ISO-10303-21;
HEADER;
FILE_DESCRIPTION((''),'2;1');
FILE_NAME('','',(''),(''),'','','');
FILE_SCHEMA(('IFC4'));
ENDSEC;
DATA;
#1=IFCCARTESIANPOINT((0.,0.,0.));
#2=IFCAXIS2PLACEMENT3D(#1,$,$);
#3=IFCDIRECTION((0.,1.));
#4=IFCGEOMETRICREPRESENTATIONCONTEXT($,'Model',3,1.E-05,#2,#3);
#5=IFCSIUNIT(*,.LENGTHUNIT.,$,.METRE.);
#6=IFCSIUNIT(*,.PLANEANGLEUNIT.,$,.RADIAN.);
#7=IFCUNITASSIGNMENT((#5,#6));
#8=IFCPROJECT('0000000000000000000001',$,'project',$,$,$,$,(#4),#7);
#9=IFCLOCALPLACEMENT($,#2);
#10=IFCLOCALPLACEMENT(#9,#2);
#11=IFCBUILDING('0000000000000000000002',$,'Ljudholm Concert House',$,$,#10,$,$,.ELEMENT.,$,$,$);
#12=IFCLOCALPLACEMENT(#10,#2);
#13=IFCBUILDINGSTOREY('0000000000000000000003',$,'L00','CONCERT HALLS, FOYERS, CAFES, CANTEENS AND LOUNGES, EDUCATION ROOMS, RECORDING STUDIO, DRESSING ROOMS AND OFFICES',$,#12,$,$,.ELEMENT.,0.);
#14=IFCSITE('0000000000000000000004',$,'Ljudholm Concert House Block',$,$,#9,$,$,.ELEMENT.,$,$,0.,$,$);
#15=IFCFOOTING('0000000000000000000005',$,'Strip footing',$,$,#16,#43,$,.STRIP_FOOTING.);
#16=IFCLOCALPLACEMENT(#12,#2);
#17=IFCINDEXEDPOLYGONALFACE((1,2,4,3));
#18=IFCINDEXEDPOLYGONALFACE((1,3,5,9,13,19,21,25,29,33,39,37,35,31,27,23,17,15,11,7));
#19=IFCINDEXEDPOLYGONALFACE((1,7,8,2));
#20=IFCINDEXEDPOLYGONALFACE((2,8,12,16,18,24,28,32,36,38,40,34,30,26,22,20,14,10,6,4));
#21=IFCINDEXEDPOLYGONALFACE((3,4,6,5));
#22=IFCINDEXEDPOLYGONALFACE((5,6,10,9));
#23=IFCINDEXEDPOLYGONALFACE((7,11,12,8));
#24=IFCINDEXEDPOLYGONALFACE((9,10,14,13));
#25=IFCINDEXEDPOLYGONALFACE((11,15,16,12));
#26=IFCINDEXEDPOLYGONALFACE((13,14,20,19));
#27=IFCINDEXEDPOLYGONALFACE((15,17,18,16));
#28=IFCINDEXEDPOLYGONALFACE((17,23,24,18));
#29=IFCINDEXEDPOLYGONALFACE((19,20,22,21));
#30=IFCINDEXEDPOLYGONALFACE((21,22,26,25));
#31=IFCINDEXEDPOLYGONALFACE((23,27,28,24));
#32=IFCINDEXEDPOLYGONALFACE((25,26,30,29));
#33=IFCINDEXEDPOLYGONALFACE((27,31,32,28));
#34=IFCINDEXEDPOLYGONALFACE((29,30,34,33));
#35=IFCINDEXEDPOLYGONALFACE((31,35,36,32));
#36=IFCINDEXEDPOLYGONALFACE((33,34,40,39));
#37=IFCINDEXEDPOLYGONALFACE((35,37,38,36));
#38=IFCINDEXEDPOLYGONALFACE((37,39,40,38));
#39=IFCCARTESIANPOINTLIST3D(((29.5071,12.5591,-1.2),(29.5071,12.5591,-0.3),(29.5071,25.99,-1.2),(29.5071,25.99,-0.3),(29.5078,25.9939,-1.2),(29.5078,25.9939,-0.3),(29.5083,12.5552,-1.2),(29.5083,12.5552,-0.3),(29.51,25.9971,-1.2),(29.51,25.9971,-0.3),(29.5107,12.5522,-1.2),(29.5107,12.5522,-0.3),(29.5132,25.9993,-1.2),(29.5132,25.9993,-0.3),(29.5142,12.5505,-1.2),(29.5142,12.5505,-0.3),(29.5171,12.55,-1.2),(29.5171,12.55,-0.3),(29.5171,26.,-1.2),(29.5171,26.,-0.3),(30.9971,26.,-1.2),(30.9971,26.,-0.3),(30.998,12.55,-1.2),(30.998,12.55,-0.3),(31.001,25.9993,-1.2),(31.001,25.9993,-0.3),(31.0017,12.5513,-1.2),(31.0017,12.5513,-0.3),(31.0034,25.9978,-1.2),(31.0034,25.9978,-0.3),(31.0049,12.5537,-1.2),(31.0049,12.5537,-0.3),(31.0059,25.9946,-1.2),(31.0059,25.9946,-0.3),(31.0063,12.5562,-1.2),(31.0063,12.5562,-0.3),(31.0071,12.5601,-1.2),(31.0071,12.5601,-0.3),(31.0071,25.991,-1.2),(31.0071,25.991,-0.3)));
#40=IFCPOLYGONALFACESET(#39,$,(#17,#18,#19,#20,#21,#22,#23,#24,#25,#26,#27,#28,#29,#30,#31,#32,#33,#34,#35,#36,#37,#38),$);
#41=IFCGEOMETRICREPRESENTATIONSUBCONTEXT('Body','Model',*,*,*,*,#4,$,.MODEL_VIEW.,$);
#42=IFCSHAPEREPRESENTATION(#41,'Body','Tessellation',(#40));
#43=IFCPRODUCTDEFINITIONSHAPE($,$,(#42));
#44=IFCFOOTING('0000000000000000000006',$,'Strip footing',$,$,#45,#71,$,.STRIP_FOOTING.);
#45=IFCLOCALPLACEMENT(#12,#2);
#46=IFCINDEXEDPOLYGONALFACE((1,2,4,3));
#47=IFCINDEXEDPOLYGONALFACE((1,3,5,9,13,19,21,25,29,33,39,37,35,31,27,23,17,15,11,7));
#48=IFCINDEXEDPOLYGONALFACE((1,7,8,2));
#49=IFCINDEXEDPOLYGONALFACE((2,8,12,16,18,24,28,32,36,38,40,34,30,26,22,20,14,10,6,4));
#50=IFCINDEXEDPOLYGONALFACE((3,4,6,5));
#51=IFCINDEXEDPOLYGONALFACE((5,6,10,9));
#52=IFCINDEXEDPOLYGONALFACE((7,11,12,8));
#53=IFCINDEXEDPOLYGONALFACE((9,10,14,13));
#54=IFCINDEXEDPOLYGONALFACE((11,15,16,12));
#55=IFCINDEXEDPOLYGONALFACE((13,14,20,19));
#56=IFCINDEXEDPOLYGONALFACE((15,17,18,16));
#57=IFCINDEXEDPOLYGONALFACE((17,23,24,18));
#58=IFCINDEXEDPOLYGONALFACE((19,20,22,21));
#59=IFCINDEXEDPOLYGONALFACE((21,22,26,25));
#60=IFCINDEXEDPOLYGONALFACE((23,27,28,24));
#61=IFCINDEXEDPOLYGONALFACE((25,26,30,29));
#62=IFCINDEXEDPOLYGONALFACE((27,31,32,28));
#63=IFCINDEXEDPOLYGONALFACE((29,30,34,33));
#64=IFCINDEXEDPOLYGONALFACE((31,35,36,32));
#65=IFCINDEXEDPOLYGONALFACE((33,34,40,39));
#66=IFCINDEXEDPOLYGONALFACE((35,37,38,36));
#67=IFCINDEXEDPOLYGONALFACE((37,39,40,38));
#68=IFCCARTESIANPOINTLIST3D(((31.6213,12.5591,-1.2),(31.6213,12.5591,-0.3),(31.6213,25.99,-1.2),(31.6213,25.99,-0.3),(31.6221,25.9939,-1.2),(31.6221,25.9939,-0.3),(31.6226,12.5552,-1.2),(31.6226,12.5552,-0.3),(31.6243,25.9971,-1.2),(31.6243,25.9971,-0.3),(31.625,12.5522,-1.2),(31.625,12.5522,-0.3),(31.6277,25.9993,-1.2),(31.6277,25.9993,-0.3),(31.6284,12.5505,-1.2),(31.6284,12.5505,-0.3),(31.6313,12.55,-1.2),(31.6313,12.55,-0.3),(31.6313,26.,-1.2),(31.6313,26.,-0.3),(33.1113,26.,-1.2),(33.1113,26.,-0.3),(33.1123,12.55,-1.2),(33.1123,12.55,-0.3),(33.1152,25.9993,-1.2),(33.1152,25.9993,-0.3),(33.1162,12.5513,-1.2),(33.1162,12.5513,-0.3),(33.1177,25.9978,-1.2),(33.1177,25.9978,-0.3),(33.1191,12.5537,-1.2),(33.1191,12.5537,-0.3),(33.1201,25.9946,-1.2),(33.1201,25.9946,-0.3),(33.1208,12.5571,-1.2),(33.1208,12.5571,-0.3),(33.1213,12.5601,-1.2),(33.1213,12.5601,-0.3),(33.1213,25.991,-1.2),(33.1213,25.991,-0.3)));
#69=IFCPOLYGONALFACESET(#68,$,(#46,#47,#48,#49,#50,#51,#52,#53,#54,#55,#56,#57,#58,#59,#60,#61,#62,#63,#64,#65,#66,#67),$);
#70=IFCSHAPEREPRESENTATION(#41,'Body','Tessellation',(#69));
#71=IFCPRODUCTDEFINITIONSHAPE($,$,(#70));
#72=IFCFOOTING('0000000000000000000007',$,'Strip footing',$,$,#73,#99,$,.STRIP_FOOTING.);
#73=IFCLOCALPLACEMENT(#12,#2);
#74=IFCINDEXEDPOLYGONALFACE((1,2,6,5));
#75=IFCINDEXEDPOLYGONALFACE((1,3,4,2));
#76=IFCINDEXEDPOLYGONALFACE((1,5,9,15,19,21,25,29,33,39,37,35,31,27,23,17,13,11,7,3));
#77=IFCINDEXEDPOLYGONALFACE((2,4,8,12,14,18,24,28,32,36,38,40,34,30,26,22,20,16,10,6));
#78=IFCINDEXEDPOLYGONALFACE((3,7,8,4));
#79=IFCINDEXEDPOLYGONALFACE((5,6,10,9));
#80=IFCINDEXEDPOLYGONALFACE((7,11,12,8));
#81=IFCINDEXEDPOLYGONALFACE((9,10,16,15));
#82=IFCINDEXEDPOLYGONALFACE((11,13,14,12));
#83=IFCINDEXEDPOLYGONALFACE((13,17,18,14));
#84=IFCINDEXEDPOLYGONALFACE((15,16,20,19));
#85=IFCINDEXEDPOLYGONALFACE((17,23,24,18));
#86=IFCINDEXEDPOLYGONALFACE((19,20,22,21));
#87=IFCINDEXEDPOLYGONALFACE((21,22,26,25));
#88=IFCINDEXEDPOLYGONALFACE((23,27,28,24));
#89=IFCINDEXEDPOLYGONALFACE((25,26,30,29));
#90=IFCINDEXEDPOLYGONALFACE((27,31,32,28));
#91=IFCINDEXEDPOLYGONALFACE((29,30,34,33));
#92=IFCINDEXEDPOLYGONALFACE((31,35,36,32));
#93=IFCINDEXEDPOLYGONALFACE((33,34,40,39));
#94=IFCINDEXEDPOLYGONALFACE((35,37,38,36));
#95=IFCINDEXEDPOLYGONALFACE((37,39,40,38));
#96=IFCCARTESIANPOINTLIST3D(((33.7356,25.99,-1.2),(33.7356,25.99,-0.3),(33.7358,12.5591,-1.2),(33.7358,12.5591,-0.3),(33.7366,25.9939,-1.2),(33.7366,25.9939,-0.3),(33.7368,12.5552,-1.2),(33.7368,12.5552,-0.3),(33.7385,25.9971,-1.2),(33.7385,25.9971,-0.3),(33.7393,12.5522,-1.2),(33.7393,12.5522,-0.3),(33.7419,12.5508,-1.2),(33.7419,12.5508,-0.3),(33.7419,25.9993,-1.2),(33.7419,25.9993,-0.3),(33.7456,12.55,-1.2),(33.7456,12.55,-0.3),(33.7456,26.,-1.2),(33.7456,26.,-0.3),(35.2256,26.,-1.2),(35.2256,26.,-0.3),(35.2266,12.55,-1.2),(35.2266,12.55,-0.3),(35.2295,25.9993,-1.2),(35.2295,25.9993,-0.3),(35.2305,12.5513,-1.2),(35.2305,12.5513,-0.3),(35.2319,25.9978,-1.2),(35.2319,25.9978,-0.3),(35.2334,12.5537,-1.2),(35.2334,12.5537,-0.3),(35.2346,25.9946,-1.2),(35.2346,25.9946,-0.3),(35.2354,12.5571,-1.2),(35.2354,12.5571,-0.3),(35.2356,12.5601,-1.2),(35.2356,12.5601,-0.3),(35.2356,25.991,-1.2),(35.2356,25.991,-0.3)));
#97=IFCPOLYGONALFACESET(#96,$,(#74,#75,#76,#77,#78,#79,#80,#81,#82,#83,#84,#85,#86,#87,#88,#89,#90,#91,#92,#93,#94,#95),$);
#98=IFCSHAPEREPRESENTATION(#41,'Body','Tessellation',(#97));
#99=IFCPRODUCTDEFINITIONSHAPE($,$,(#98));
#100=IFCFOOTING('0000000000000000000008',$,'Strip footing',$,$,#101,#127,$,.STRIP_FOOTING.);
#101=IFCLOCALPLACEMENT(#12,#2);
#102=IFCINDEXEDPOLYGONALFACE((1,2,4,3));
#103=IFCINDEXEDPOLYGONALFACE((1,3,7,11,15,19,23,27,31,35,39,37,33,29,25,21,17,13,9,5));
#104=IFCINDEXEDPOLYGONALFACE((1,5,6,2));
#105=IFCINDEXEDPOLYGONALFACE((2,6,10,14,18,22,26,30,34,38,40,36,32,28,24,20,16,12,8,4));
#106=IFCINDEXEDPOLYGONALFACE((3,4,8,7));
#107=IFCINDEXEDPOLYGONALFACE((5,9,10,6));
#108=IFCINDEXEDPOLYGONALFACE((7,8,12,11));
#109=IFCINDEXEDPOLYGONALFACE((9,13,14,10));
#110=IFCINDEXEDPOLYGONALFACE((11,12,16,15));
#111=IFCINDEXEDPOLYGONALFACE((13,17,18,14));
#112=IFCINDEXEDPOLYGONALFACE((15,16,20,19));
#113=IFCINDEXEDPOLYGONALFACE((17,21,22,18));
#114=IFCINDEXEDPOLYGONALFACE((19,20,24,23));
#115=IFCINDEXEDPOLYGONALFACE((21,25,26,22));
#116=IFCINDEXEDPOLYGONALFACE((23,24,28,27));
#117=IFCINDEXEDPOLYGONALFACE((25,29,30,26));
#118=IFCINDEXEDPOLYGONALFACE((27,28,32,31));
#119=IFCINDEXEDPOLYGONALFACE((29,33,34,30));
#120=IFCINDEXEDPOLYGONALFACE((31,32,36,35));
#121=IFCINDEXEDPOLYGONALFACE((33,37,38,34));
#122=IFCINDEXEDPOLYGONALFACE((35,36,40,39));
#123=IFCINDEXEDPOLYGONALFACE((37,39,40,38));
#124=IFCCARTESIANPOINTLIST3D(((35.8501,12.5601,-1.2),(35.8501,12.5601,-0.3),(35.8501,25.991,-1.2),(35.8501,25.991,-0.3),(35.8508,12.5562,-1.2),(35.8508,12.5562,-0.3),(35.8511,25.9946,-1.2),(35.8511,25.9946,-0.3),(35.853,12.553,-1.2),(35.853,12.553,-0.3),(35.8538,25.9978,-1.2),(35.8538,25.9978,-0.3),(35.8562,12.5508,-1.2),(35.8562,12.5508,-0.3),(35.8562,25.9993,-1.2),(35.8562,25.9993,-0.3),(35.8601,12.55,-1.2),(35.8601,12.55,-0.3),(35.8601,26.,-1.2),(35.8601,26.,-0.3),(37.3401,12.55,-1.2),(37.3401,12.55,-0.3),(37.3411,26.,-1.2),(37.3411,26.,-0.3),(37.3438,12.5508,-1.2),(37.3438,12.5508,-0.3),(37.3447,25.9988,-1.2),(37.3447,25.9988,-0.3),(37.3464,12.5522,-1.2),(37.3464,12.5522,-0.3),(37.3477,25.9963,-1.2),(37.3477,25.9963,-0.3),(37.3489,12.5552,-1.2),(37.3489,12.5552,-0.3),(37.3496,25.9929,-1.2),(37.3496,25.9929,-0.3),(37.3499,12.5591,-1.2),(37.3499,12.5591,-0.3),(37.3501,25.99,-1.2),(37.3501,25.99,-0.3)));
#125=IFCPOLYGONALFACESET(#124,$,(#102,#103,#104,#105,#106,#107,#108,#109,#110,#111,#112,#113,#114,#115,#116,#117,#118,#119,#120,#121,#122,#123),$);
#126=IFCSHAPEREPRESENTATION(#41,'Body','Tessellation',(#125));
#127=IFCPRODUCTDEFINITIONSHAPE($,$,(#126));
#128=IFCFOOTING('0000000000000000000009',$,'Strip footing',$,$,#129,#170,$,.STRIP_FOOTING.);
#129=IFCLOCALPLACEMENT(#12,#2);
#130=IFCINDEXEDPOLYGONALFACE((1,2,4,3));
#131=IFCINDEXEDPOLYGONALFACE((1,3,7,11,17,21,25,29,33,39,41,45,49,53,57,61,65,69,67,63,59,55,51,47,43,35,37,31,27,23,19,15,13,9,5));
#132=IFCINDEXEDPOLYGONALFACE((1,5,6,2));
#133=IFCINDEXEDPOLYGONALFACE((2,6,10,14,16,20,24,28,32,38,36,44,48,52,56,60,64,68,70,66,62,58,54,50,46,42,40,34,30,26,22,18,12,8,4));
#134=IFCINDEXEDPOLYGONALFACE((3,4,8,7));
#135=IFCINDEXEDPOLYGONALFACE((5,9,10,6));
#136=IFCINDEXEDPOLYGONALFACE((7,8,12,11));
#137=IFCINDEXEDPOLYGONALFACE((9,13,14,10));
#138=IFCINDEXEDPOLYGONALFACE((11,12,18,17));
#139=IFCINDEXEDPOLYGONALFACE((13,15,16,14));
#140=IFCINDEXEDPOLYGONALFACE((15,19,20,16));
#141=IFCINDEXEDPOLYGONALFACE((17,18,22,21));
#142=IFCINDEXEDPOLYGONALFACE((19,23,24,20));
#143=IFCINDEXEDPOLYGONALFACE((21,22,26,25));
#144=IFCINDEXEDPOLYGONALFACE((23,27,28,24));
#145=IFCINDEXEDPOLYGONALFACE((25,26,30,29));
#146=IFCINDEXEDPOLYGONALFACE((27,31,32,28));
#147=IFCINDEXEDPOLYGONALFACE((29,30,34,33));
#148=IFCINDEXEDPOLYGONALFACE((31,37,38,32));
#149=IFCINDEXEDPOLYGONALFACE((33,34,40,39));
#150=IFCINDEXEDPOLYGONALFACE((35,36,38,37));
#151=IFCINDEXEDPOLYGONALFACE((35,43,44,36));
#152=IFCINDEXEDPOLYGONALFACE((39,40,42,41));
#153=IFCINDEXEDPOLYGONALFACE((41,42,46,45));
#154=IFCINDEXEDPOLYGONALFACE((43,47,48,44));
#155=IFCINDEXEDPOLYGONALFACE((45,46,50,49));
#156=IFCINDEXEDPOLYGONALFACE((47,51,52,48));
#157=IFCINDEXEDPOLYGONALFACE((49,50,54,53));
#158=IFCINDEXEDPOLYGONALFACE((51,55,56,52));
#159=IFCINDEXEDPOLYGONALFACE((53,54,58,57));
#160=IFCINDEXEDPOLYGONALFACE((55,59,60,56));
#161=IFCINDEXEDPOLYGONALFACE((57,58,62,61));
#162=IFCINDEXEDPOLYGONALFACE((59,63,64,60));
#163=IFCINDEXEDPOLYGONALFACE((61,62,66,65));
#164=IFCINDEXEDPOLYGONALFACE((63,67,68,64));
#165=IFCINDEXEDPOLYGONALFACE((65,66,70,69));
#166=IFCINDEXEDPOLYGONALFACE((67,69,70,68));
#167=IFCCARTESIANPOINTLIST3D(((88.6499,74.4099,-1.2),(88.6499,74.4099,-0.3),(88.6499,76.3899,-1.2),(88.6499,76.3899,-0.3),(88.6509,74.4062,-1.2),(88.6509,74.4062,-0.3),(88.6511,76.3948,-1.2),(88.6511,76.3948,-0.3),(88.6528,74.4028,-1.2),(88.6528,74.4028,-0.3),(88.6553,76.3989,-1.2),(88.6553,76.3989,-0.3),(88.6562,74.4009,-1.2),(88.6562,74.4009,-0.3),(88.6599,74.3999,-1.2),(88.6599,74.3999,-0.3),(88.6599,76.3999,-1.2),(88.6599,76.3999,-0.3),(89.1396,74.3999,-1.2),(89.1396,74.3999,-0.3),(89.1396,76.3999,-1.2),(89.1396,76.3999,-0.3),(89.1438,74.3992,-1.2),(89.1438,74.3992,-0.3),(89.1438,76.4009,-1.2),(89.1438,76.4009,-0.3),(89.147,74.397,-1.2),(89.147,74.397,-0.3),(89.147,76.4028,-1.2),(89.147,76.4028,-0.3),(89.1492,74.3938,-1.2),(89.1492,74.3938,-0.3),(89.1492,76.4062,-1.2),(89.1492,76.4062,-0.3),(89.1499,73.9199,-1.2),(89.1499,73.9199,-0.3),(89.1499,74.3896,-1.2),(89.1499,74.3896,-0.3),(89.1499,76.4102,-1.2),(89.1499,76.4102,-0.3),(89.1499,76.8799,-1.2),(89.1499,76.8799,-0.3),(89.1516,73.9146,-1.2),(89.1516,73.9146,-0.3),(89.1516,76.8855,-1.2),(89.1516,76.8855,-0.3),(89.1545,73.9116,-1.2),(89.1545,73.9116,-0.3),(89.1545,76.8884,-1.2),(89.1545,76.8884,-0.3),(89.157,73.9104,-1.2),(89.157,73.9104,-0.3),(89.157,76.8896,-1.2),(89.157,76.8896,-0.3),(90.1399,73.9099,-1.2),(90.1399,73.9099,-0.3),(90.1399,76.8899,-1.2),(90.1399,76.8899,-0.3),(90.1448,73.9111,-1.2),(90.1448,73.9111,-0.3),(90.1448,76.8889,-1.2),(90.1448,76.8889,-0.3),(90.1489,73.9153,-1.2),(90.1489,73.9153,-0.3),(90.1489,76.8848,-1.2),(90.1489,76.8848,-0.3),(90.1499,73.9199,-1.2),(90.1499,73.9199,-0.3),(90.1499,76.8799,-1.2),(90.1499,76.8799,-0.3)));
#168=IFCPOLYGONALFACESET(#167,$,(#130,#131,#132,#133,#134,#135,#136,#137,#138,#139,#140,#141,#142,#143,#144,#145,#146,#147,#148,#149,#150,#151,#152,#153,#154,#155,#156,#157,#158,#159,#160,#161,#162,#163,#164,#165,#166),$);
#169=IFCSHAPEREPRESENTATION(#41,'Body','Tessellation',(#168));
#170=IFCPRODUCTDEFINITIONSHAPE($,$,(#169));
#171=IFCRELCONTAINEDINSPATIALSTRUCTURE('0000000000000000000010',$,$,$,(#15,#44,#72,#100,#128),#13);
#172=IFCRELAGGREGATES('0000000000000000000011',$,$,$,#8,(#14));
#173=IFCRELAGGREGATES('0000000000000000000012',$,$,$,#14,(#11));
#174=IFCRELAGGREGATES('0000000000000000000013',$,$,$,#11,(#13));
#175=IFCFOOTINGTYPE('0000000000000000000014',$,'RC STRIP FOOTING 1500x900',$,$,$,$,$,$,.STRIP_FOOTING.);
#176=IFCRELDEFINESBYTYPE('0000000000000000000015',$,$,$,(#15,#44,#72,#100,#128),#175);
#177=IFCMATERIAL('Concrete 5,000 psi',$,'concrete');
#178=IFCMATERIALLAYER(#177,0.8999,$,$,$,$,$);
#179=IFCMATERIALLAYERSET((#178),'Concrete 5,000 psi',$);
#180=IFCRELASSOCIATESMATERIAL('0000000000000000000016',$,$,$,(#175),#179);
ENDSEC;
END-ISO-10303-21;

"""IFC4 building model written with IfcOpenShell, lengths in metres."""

from ifc_helpers import new_model, si_unit, direction, frame, origin, place, context, subcontext, project, spatial, polyline, outline, extrude, material, layer, layer_set, type_object, element, save


model = new_model("IFC4")

# Units and contexts
model_context = context("Model", 3, precision=1e-05, world=origin(), true_north=direction((0.0, 1.0)))
body_context = subcontext(model_context, "Body", "Model", "MODEL_VIEW")
ifc_project = project(units=[si_unit("LENGTHUNIT", "METRE"), si_unit("PLANEANGLEUNIT", "RADIAN")], contexts=[model_context])

# Site, building, storey
site_placement = place(None, origin())
site = spatial("IfcSite", under=ifc_project, at=site_placement, Name="Ljudholm Concert House Block", CompositionType="ELEMENT", RefElevation=0.0)
building_placement = place(site_placement, origin())
building = spatial("IfcBuilding", under=site, at=building_placement, Name="Ljudholm Concert House", CompositionType="ELEMENT")
storey_placement = place(building_placement, origin())
storey = spatial("IfcBuildingStorey", under=building, at=storey_placement, Name="L00", Description="CONCERT HALLS, FOYERS, CAFES, CANTEENS AND LOUNGES, EDUCATION ROOMS, RECORDING STUDIO, DRESSING ROOMS AND OFFICES", CompositionType="ELEMENT", Elevation=0.0)

# Footings
ifc_material = material(Name="Concrete 5,000 psi", Category="concrete")
ifc_layer = layer(ifc_material, 0.8999)
ifc_layer_set = layer_set([ifc_layer], Name="Concrete 5,000 psi")
footing_type = type_object("IfcFootingType", Name="RC STRIP FOOTING 1500x900", PredefinedType="STRIP_FOOTING", material=ifc_layer_set)
footing_1_placement = place(storey_placement, frame((0.0, 0.0, -1.2)))
element("IfcFooting", 1, at=footing_1_placement, inside=storey, type_object=footing_type, Name="Strip footing", PredefinedType="STRIP_FOOTING", context=body_context, shape_type="SweptSolid", body=[
    extrude(outline(polyline([(29.5071, 25.99), (29.5071, 12.5591), (29.5083, 12.5552), (29.5107, 12.5522), (29.5142, 12.5505), (29.5171, 12.55), (30.998, 12.55), (31.0017, 12.5513), (31.0049, 12.5537), (31.0063, 12.5562), (31.0071, 12.5601), (31.0071, 25.991), (31.0059, 25.9946), (31.0034, 25.9978), (31.001, 25.9993), (30.9971, 26.0), (29.5171, 26.0), (29.5132, 25.9993), (29.51, 25.9971), (29.5078, 25.9939), (29.5071, 25.99)])), origin(), (0.0, 0.0, 1.0), 0.8999),
])
footing_2_placement = place(storey_placement, frame((0.0, 0.0, -1.2)))
element("IfcFooting", 2, at=footing_2_placement, inside=storey, type_object=footing_type, Name="Strip footing", PredefinedType="STRIP_FOOTING", context=body_context, shape_type="SweptSolid", body=[
    extrude(outline(polyline([(31.6213, 25.99), (31.6213, 12.5591), (31.6226, 12.5552), (31.625, 12.5522), (31.6284, 12.5505), (31.6313, 12.55), (33.1123, 12.55), (33.1162, 12.5513), (33.1191, 12.5537), (33.1208, 12.5571), (33.1213, 12.5601), (33.1213, 25.991), (33.1201, 25.9946), (33.1177, 25.9978), (33.1152, 25.9993), (33.1113, 26.0), (31.6313, 26.0), (31.6277, 25.9993), (31.6243, 25.9971), (31.6221, 25.9939), (31.6213, 25.99)])), origin(), (0.0, 0.0, 1.0), 0.8999),
])
footing_3_placement = place(storey_placement, frame((0.0, 0.0, -1.2)))
element("IfcFooting", 3, at=footing_3_placement, inside=storey, type_object=footing_type, Name="Strip footing", PredefinedType="STRIP_FOOTING", context=body_context, shape_type="SweptSolid", body=[
    extrude(outline(polyline([(33.7356, 25.99), (33.7358, 12.5591), (33.7368, 12.5552), (33.7393, 12.5522), (33.7419, 12.5508), (33.7456, 12.55), (35.2266, 12.55), (35.2305, 12.5513), (35.2334, 12.5537), (35.2354, 12.5571), (35.2356, 12.5601), (35.2356, 25.991), (35.2346, 25.9946), (35.2319, 25.9978), (35.2295, 25.9993), (35.2256, 26.0), (33.7456, 26.0), (33.7419, 25.9993), (33.7385, 25.9971), (33.7366, 25.9939), (33.7356, 25.99)])), origin(), (0.0, 0.0, 1.0), 0.8999),
])
footing_4_placement = place(storey_placement, frame((0.0, 0.0, -1.2)))
element("IfcFooting", 4, at=footing_4_placement, inside=storey, type_object=footing_type, Name="Strip footing", PredefinedType="STRIP_FOOTING", context=body_context, shape_type="SweptSolid", body=[
    extrude(outline(polyline([(35.8601, 12.55), (37.3401, 12.55), (37.3438, 12.5508), (37.3464, 12.5522), (37.3489, 12.5552), (37.3499, 12.5591), (37.3501, 25.99), (37.3496, 25.9929), (37.3477, 25.9963), (37.3447, 25.9988), (37.3411, 26.0), (35.8601, 26.0), (35.8562, 25.9993), (35.8538, 25.9978), (35.8511, 25.9946), (35.8501, 25.991), (35.8501, 12.5601), (35.8508, 12.5562), (35.853, 12.553), (35.8562, 12.5508), (35.8601, 12.55)])), origin(), (0.0, 0.0, 1.0), 0.8999),
])
footing_5_placement = place(storey_placement, frame((0.0, 0.0, -1.2)))
element("IfcFooting", 5, at=footing_5_placement, inside=storey, type_object=footing_type, Name="Strip footing", PredefinedType="STRIP_FOOTING", context=body_context, shape_type="SweptSolid", body=[
    extrude(outline(polyline([(88.6599, 74.3999), (89.1396, 74.3999), (89.1438, 74.3992), (89.147, 74.397), (89.1492, 74.3938), (89.1499, 74.3896), (89.1499, 73.9199), (89.1516, 73.9146), (89.1545, 73.9116), (89.157, 73.9104), (90.1399, 73.9099), (90.1448, 73.9111), (90.1489, 73.9153), (90.1499, 73.9199), (90.1499, 76.8799), (90.1489, 76.8848), (90.1448, 76.8889), (90.1399, 76.8899), (89.157, 76.8896), (89.1545, 76.8884), (89.1516, 76.8855), (89.1499, 76.8799), (89.1499, 76.4102), (89.1492, 76.4062), (89.147, 76.4028), (89.1438, 76.4009), (89.1396, 76.3999), (88.6599, 76.3999), (88.6553, 76.3989), (88.6511, 76.3948), (88.6499, 76.3899), (88.6499, 74.4099), (88.6509, 74.4062), (88.6528, 74.4028), (88.6562, 74.4009), (88.6599, 74.3999)])), origin(), (0.0, 0.0, 1.0), 0.8999),
])

save(model, "model.ifc")
